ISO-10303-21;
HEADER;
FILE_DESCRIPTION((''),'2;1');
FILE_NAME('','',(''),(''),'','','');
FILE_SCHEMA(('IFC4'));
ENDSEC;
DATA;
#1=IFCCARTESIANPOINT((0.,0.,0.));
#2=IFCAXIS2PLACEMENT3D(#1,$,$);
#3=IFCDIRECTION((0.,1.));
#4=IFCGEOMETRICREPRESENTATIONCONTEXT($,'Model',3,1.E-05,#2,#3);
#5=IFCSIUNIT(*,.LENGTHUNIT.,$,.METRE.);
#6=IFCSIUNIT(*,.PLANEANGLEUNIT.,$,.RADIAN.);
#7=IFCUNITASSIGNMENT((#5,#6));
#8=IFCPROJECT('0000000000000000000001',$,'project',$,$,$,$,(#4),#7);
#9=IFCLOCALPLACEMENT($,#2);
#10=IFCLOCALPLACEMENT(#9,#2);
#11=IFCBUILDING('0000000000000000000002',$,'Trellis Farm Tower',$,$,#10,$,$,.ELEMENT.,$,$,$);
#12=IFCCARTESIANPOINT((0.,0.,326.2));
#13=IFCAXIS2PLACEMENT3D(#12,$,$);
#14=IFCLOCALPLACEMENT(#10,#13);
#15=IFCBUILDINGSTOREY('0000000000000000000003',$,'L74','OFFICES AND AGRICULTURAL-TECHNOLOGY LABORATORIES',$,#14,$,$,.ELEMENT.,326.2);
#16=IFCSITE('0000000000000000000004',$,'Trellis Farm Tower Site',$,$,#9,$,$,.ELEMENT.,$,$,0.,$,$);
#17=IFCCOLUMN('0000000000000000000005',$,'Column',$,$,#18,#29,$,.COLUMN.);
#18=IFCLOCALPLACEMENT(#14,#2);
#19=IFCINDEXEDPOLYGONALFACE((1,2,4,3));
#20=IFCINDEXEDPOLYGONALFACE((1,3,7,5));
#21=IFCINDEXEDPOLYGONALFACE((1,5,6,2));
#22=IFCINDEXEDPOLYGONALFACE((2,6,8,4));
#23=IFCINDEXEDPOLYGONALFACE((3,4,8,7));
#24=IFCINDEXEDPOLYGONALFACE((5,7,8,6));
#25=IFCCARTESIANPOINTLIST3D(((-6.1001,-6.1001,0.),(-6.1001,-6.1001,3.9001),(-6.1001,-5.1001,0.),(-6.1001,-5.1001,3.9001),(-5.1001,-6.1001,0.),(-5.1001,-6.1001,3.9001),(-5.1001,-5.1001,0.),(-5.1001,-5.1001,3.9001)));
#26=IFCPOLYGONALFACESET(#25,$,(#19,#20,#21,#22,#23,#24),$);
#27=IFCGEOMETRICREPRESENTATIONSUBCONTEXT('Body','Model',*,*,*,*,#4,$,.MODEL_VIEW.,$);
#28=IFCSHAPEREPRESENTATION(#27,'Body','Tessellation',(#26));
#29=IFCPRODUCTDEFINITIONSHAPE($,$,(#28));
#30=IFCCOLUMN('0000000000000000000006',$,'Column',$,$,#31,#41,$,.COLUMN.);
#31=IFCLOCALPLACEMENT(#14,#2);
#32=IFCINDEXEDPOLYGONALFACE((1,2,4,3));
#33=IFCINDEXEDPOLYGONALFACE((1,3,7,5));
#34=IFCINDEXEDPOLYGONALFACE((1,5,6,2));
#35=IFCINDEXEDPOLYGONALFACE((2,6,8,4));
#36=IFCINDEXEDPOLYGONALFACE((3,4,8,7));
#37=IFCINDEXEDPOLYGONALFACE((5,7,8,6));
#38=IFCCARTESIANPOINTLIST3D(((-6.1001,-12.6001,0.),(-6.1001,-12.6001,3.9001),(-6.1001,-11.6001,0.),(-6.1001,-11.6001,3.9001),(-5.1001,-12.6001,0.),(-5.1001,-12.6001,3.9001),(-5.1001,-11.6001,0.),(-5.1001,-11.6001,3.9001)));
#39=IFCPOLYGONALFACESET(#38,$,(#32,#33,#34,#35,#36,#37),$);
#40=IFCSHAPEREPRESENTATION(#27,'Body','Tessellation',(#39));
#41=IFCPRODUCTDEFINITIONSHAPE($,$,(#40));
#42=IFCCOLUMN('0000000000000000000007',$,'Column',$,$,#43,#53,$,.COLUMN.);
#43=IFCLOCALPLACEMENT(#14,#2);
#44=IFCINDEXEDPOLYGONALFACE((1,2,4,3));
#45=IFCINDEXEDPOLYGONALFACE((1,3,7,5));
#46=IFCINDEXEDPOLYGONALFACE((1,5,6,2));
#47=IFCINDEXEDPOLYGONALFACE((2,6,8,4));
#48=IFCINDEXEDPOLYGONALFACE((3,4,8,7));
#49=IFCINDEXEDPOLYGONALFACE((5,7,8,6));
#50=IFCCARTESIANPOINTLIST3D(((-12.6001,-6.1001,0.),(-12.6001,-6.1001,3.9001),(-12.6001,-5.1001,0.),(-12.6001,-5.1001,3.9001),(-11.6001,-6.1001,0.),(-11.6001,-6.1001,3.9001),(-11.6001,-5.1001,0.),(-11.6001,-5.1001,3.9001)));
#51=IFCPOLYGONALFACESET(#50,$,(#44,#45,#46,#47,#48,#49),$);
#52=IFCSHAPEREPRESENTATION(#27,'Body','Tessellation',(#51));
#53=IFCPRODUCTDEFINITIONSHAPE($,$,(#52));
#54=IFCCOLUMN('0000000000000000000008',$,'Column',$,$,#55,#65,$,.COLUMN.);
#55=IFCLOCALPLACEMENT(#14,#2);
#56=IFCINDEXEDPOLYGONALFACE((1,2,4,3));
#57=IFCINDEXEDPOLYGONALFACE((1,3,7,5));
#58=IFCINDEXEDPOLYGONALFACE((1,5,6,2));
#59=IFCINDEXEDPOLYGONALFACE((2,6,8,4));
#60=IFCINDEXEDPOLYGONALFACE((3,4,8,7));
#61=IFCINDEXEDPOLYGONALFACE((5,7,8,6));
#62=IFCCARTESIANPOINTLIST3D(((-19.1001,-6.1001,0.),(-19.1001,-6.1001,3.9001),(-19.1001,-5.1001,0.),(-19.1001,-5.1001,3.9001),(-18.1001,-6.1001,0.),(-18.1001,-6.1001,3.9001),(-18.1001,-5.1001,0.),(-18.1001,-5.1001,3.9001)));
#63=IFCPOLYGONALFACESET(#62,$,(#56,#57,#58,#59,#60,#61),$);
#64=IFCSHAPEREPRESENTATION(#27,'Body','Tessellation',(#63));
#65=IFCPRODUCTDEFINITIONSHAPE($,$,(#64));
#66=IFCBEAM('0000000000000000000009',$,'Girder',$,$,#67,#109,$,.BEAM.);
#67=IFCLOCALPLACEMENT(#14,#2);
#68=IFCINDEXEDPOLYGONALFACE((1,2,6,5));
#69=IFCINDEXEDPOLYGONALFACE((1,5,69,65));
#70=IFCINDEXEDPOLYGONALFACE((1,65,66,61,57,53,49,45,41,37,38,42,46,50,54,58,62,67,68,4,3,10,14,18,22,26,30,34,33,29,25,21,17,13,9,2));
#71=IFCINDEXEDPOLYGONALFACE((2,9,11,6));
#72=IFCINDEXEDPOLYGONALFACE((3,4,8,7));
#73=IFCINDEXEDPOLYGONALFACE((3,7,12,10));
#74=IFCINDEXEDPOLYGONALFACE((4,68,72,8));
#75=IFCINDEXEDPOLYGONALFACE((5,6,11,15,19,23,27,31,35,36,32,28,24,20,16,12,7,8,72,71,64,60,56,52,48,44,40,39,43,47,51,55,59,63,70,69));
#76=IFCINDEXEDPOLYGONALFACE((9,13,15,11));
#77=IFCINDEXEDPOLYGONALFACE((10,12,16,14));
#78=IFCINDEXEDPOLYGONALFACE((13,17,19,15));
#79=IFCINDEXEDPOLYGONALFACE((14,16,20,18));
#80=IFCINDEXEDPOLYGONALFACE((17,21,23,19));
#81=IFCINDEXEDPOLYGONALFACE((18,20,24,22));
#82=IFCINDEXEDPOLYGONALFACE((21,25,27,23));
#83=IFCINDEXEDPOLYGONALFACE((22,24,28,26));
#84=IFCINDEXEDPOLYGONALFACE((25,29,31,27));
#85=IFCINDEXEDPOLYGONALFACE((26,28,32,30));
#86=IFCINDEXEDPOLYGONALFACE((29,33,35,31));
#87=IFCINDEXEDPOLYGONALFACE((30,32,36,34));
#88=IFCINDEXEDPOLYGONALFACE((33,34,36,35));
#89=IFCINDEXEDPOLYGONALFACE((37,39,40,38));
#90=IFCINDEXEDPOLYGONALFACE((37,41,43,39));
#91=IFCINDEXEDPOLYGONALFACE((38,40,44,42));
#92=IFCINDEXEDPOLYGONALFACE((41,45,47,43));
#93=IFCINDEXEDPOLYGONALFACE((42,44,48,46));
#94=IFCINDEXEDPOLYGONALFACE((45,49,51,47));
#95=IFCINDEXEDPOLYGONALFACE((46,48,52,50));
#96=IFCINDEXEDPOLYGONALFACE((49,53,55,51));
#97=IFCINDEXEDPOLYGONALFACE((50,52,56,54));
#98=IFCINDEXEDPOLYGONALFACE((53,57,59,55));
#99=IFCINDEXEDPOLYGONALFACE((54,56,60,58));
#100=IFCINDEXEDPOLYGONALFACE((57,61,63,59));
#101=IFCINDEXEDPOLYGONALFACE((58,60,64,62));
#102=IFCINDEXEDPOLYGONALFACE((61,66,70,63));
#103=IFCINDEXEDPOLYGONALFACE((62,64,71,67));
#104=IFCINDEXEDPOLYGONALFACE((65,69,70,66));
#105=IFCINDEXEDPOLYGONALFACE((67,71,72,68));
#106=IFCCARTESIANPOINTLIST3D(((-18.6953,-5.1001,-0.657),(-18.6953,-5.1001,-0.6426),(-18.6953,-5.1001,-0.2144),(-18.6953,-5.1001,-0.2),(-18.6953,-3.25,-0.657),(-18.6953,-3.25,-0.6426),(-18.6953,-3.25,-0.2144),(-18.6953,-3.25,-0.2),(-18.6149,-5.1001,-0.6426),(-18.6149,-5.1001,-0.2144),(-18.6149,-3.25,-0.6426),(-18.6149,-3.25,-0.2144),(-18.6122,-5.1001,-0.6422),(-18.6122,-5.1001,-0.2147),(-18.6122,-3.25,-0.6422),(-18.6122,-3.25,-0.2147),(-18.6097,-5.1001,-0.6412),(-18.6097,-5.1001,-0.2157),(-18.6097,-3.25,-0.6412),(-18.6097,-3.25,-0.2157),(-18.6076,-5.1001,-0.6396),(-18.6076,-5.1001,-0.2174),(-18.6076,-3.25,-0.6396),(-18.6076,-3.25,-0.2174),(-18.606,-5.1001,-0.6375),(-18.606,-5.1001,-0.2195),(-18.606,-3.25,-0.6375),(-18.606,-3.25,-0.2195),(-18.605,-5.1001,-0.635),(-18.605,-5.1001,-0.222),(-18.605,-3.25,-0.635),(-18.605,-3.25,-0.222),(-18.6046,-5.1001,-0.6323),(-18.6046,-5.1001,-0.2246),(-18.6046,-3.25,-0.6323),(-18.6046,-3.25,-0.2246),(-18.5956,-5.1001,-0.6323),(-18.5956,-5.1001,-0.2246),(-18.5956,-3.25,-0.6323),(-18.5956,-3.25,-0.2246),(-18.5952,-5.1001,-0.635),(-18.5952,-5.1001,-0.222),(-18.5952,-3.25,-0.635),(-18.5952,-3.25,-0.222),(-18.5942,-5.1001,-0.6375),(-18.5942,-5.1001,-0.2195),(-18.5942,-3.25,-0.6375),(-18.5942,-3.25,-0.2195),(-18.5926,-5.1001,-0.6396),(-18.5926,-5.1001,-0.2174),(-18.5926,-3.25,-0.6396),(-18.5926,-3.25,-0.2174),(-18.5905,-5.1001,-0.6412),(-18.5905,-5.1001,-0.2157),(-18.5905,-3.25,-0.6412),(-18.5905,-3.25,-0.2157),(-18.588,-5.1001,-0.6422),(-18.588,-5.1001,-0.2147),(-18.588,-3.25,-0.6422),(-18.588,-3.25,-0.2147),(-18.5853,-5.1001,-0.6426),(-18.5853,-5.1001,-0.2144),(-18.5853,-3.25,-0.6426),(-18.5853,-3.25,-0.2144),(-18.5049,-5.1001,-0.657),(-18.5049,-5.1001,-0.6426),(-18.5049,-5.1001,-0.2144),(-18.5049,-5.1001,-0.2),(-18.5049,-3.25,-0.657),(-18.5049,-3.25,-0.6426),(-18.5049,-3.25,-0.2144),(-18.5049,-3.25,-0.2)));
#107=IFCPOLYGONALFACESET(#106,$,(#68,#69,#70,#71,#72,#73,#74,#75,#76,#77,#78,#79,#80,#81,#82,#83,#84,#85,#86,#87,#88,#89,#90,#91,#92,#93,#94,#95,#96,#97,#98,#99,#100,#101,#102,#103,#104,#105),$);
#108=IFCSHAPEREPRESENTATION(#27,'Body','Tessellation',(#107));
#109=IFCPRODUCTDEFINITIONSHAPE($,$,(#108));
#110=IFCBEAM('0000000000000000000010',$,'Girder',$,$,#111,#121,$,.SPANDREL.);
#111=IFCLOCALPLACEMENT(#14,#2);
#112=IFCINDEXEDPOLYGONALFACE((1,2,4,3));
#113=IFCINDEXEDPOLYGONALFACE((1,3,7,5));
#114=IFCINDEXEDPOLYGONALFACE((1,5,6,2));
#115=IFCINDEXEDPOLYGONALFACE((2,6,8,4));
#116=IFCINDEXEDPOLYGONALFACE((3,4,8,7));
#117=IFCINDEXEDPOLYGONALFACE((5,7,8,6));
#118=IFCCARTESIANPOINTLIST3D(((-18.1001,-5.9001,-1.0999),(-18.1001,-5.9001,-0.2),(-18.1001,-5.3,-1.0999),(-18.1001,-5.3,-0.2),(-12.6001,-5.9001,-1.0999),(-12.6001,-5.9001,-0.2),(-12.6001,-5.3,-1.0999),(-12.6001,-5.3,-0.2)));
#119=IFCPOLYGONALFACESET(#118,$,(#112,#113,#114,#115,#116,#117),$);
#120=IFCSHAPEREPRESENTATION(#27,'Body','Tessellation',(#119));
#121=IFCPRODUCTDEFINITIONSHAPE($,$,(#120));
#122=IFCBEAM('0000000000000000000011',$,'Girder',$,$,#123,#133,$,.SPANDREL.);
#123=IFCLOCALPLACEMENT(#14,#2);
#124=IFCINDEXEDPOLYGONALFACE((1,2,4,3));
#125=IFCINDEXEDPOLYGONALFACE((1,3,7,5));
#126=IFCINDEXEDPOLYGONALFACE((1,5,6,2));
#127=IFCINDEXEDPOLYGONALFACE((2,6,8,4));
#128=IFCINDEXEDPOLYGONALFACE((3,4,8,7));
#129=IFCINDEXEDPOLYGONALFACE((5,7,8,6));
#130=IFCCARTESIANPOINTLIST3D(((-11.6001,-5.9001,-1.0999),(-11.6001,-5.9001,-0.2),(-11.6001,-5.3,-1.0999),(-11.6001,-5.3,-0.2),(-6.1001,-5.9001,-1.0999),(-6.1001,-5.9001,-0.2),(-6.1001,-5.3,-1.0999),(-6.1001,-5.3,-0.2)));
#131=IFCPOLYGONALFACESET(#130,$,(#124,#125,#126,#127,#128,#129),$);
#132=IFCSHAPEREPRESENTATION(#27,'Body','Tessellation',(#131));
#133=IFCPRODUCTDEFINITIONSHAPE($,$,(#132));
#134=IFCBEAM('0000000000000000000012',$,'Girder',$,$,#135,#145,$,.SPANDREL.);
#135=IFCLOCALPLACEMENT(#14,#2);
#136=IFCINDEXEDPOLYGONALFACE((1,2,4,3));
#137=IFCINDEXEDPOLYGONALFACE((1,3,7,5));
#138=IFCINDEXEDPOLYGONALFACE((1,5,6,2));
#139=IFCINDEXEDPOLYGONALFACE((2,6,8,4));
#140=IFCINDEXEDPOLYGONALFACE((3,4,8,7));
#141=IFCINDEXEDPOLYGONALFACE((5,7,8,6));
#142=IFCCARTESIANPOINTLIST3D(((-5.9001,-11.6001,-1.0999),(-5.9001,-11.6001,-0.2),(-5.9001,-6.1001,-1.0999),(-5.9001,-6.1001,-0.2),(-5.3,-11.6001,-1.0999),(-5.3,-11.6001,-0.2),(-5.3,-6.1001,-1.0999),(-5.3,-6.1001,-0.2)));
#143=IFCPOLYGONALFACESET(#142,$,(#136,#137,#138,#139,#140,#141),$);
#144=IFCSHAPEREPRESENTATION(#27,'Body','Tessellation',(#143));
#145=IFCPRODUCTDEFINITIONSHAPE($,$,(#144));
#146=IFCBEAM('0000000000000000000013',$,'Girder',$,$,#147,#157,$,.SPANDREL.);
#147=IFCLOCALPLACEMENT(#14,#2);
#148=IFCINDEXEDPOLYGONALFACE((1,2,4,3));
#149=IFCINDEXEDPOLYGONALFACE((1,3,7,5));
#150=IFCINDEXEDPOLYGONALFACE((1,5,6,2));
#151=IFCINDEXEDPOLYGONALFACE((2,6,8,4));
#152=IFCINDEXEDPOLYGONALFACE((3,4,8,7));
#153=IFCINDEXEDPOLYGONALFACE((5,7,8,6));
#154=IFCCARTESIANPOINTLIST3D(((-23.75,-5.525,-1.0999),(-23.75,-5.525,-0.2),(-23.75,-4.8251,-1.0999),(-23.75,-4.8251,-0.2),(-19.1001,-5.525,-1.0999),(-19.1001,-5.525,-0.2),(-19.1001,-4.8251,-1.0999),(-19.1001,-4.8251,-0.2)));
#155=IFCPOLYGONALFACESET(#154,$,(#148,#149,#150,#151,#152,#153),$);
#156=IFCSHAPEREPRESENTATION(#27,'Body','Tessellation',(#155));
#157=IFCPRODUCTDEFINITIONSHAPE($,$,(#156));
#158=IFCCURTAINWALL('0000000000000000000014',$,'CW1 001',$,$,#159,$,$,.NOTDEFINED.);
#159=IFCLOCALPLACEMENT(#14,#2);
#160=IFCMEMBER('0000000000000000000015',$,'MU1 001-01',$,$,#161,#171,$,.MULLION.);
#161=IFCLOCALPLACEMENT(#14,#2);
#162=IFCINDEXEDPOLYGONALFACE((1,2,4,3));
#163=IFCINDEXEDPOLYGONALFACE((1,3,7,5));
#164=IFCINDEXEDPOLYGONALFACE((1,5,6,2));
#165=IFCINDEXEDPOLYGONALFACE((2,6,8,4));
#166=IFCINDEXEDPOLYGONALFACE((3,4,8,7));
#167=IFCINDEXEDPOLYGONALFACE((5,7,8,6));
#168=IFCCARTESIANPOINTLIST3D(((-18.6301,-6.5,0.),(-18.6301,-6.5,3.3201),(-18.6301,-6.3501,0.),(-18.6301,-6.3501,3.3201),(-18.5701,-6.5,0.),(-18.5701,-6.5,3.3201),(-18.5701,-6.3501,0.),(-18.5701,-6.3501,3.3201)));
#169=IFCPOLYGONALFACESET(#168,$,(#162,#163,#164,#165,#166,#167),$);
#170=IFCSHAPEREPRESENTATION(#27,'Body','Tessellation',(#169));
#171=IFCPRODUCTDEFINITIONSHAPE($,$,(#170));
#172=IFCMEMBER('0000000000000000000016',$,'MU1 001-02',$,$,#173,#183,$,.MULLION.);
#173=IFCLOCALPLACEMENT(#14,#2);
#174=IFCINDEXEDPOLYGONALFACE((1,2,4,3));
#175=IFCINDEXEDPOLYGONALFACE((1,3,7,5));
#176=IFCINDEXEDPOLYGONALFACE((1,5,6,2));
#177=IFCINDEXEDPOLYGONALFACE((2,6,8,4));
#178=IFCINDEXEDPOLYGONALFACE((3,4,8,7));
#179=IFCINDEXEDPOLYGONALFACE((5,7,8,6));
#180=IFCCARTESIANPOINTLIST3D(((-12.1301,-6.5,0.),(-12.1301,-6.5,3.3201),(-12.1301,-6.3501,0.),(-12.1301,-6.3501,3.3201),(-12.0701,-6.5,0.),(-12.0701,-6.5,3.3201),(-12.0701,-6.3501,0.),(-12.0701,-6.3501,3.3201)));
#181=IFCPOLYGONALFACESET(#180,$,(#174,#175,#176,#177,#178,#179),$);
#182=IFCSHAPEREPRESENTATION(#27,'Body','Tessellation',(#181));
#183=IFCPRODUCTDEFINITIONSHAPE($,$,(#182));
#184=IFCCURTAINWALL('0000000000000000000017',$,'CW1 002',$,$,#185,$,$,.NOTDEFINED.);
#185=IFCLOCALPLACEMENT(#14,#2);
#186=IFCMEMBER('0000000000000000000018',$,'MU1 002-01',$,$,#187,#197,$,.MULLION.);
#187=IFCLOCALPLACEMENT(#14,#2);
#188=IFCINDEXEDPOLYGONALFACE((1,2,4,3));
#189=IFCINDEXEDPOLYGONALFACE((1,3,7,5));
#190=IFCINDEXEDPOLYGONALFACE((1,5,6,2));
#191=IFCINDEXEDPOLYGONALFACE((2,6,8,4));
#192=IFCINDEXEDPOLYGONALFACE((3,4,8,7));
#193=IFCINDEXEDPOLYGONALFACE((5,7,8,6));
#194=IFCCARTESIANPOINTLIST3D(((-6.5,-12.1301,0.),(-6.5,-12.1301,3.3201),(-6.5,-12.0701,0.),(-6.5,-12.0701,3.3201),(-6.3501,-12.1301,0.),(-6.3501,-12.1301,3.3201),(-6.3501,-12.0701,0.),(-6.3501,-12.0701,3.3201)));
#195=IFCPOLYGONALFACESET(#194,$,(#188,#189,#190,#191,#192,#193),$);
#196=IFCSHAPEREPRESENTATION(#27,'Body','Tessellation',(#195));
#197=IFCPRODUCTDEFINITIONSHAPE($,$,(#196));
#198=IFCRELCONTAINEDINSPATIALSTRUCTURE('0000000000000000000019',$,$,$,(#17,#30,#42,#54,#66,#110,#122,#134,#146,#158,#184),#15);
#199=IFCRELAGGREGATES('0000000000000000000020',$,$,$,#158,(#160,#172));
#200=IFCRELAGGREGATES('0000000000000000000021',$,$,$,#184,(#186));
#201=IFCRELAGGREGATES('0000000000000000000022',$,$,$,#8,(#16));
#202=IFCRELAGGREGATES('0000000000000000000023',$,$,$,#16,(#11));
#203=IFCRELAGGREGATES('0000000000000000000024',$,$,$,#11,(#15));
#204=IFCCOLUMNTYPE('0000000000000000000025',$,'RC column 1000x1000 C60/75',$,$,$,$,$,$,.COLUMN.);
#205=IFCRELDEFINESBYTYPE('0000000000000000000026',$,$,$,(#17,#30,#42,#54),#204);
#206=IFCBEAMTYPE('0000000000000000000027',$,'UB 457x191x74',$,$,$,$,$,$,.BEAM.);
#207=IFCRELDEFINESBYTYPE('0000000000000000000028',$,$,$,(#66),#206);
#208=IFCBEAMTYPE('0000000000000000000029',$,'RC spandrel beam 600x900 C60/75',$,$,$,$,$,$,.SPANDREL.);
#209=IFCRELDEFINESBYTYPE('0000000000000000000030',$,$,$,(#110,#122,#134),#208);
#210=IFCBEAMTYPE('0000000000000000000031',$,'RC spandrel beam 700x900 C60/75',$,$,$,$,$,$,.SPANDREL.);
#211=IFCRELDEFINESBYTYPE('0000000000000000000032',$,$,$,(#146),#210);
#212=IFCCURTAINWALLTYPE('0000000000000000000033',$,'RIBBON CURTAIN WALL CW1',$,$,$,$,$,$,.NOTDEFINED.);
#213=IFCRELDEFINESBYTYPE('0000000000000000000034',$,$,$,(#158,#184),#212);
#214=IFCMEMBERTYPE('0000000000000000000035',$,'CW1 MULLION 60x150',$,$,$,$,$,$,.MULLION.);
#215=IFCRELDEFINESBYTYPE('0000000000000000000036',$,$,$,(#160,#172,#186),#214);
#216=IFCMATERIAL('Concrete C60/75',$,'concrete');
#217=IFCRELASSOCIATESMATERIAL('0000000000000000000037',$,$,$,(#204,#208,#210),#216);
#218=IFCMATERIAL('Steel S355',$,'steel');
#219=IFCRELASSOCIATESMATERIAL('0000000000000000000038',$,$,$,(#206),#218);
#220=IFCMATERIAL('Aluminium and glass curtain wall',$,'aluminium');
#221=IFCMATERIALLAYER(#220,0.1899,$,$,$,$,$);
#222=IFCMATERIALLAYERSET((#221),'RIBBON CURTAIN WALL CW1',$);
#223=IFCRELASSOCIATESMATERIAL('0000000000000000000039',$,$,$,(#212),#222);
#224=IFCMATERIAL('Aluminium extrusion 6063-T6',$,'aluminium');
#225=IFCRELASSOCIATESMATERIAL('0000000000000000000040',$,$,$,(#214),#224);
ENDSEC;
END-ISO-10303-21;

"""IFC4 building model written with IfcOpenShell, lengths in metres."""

from ifc_helpers import new_model, si_unit, direction, frame, origin, origin_2d, place, context, subcontext, project, spatial, rectangle, i_section, extrude, source, transform, mapped, material, layer, layer_set, material_profile, profile_set, type_object, element, aggregate, save


model = new_model("IFC4")

# Units and contexts
model_context = context("Model", 3, precision=1e-05, world=origin(), true_north=direction((0.0, 1.0)))
body_context = subcontext(model_context, "Body", "Model", "MODEL_VIEW")
ifc_project = project(units=[si_unit("LENGTHUNIT", "METRE"), si_unit("PLANEANGLEUNIT", "RADIAN")], contexts=[model_context])

# Site, building, storey
site_placement = place(None, origin())
site = spatial("IfcSite", under=ifc_project, at=site_placement, Name="Trellis Farm Tower Site", CompositionType="ELEMENT", RefElevation=0.0)
building_placement = place(site_placement, origin())
building = spatial("IfcBuilding", under=site, at=building_placement, Name="Trellis Farm Tower", CompositionType="ELEMENT")
storey_placement = place(building_placement, frame((0.0, 0.0, 326.2)))
storey = spatial("IfcBuildingStorey", under=building, at=storey_placement, Name="L74", Description="OFFICES AND AGRICULTURAL-TECHNOLOGY LABORATORIES", CompositionType="ELEMENT", Elevation=326.2)

# Columns
ifc_material_1 = material(Name="Concrete C60/75", Category="concrete")
ifc_material_profile_1 = material_profile(ifc_material_1, rectangle(XDim=1.0, YDim=1.0, at=origin_2d()), Name="RC column 1000x1000 C60/75")
ifc_profile_set_1 = profile_set([ifc_material_profile_1], Name="Concrete C60/75")
column_type = type_object("IfcColumnType", Name="RC column 1000x1000 C60/75", PredefinedType="COLUMN", material=ifc_profile_set_1)
shared_shape_1 = source(origin(), body_context, "Body", "SweptSolid", [
    extrude(rectangle(XDim=1.0, YDim=1.0, at=origin_2d()), origin(), (0.0, 0.0, 1.0), 3.9001),
])
for number, where, z_axis, x_axis, name in (
    (1, (-5.6001, -5.6001, 0.0), (0.0, 0.0, 1.0), (1.0, 0.0, 0.0), "Column"),
    (2, (-5.6001, -12.1001, 0.0), (0.0, 0.0, 1.0), (1.0, 0.0, 0.0), "Column"),
    (3, (-12.1001, -5.6001, 0.0), (0.0, 0.0, 1.0), (1.0, 0.0, 0.0), "Column"),
    (4, (-18.6001, -5.6001, 0.0), (0.0, 0.0, 1.0), (1.0, 0.0, 0.0), "Column"),
):
    element("IfcColumn", number, at=place(storey_placement, frame(where, z_axis=z_axis, x_axis=x_axis)), inside=storey, type_object=column_type, Name=name, PredefinedType="COLUMN", context=body_context, shape_type="MappedRepresentation", body=[
        mapped(shared_shape_1, transform((0.0, 0.0, 0.0))),
    ])

# Beams
ifc_material_2 = material(Name="Steel S355", Category="steel")
ifc_material_profile_2 = material_profile(ifc_material_2, i_section(OverallWidth=0.1904, OverallDepth=0.457, WebThickness=0.009, FlangeThickness=0.0144, FilletRadius=0.0103, at=origin_2d()), Name="UB 457x191x74")
ifc_profile_set_2 = profile_set([ifc_material_profile_2], Name="Steel S355")
beam_type_1 = type_object("IfcBeamType", Name="UB 457x191x74", PredefinedType="BEAM", material=ifc_profile_set_2)
shared_shape_2 = source(origin(), body_context, "Body", "SweptSolid", [
    extrude(i_section(OverallWidth=0.1904, OverallDepth=0.457, WebThickness=0.009, FlangeThickness=0.0144, FilletRadius=0.0103, at=origin_2d()), origin(), (0.0, 0.0, 1.0), 1.8501),
])
beam_1_placement = place(storey_placement, frame((-18.6001, -5.1001, -0.4285), z_axis=(0.0, 1.0, 0.0), x_axis=(-1.0, 0.0, 0.0)))
element("IfcBeam", 5, at=beam_1_placement, inside=storey, type_object=beam_type_1, Name="Girder", PredefinedType="BEAM", context=body_context, shape_type="MappedRepresentation", body=[
    mapped(shared_shape_2, transform((0.0, 0.0, 0.0))),
])
ifc_material_profile_3 = material_profile(ifc_material_1, rectangle(XDim=0.6001, YDim=0.8999, at=origin_2d()), Name="RC spandrel beam 600x900 C60/75")
ifc_profile_set_3 = profile_set([ifc_material_profile_3], Name="Concrete C60/75")
beam_type_2 = type_object("IfcBeamType", Name="RC spandrel beam 600x900 C60/75", PredefinedType="SPANDREL", material=ifc_profile_set_3)
shared_shape_3 = source(origin(), body_context, "Body", "SweptSolid", [
    extrude(rectangle(XDim=0.6001, YDim=0.8999, at=origin_2d()), origin(), (0.0, 0.0, 1.0), 5.5),
])
for number, where, z_axis, x_axis, name in (
    (6, (-18.1001, -5.6001, -0.6499), (1.0, 0.0, 0.0), (0.0, 1.0, 0.0), "Girder"),
    (7, (-11.6001, -5.6001, -0.6499), (1.0, 0.0, 0.0), (0.0, 1.0, 0.0), "Girder"),
    (8, (-5.6001, -11.6001, -0.6499), (0.0, 1.0, 0.0), (-1.0, 0.0, 0.0), "Girder"),
):
    element("IfcBeam", number, at=place(storey_placement, frame(where, z_axis=z_axis, x_axis=x_axis)), inside=storey, type_object=beam_type_2, Name=name, PredefinedType="SPANDREL", context=body_context, shape_type="MappedRepresentation", body=[
        mapped(shared_shape_3, transform((0.0, 0.0, 0.0))),
    ])
ifc_material_profile_4 = material_profile(ifc_material_1, rectangle(XDim=0.7, YDim=0.8999, at=origin_2d()), Name="RC spandrel beam 700x900 C60/75")
ifc_profile_set_4 = profile_set([ifc_material_profile_4], Name="Concrete C60/75")
beam_type_3 = type_object("IfcBeamType", Name="RC spandrel beam 700x900 C60/75", PredefinedType="SPANDREL", material=ifc_profile_set_4)
shared_shape_4 = source(origin(), body_context, "Body", "SweptSolid", [
    extrude(rectangle(XDim=0.7, YDim=0.8999, at=origin_2d()), origin(), (0.0, 0.0, 1.0), 4.6499),
])
beam_2_placement = place(storey_placement, frame((-23.75, -5.175, -0.6499), z_axis=(1.0, 0.0, 0.0), x_axis=(0.0, 1.0, 0.0)))
element("IfcBeam", 9, at=beam_2_placement, inside=storey, type_object=beam_type_3, Name="Girder", PredefinedType="SPANDREL", context=body_context, shape_type="MappedRepresentation", body=[
    mapped(shared_shape_4, transform((0.0, 0.0, 0.0))),
])

# Curtain walls, members
ifc_material_3 = material(Name="Aluminium and glass curtain wall", Category="aluminium")
ifc_layer_1 = layer(ifc_material_3, 0.1899)
ifc_layer_set_1 = layer_set([ifc_layer_1], Name="RIBBON CURTAIN WALL CW1")
curtain_wall_type_1 = type_object("IfcCurtainWallType", Name="RIBBON CURTAIN WALL CW1", PredefinedType="NOTDEFINED", material=ifc_layer_set_1)
placement = place(storey_placement, origin())
curtain_wall_1 = element("IfcCurtainWall", 10, at=placement, inside=storey, type_object=curtain_wall_type_1, Name="CW1 001", PredefinedType="NOTDEFINED")
ifc_material_4 = material(Name="Aluminium extrusion 6063-T6", Category="aluminium")
ifc_material_profile_5 = material_profile(ifc_material_4, rectangle(XDim=0.0601, YDim=0.1499, at=origin_2d()), Name="MULLION 60x150")
ifc_profile_set_5 = profile_set([ifc_material_profile_5], Name="Aluminium extrusion 6063-T6")
member_type_1 = type_object("IfcMemberType", Name="CW1 MULLION 60x150", PredefinedType="MULLION", material=ifc_profile_set_5)
shared_shape_5 = source(origin(), body_context, "Body", "SweptSolid", [
    extrude(rectangle(XDim=0.0601, YDim=0.1499, at=origin_2d()), origin(), (0.0, 0.0, 1.0), 3.3201),
])
member_1_placement = place(storey_placement, frame((-18.6001, -6.425, 0.0), z_axis=(0.0, 0.0, 1.0), x_axis=(1.0, 0.0, 0.0)))
member_1 = element("IfcMember", 11, at=member_1_placement, type_object=member_type_1, Name="MU1 001-01", PredefinedType="MULLION", context=body_context, shape_type="MappedRepresentation", body=[
    mapped(shared_shape_5, transform((0.0, 0.0, 0.0))),
])
member_2_placement = place(storey_placement, frame((-12.1001, -6.425, 0.0), z_axis=(0.0, 0.0, 1.0), x_axis=(1.0, 0.0, 0.0)))
member_2 = element("IfcMember", 12, at=member_2_placement, type_object=member_type_1, Name="MU1 001-02", PredefinedType="MULLION", context=body_context, shape_type="MappedRepresentation", body=[
    mapped(shared_shape_5, transform((0.0, 0.0, 0.0))),
])
aggregate(curtain_wall_1, [member_1, member_2])
curtain_wall_2 = element("IfcCurtainWall", 13, at=placement, inside=storey, type_object=curtain_wall_type_1, Name="CW1 002", PredefinedType="NOTDEFINED")
member_3_placement = place(storey_placement, frame((-6.425, -12.1001, 0.0), z_axis=(0.0, 0.0, 1.0), x_axis=(0.0, -1.0, 0.0)))
member_3 = element("IfcMember", 14, at=member_3_placement, type_object=member_type_1, Name="MU1 002-01", PredefinedType="MULLION", context=body_context, shape_type="MappedRepresentation", body=[
    mapped(shared_shape_5, transform((0.0, 0.0, 0.0))),
])
aggregate(curtain_wall_2, [member_3])

save(model, "model.ifc")
